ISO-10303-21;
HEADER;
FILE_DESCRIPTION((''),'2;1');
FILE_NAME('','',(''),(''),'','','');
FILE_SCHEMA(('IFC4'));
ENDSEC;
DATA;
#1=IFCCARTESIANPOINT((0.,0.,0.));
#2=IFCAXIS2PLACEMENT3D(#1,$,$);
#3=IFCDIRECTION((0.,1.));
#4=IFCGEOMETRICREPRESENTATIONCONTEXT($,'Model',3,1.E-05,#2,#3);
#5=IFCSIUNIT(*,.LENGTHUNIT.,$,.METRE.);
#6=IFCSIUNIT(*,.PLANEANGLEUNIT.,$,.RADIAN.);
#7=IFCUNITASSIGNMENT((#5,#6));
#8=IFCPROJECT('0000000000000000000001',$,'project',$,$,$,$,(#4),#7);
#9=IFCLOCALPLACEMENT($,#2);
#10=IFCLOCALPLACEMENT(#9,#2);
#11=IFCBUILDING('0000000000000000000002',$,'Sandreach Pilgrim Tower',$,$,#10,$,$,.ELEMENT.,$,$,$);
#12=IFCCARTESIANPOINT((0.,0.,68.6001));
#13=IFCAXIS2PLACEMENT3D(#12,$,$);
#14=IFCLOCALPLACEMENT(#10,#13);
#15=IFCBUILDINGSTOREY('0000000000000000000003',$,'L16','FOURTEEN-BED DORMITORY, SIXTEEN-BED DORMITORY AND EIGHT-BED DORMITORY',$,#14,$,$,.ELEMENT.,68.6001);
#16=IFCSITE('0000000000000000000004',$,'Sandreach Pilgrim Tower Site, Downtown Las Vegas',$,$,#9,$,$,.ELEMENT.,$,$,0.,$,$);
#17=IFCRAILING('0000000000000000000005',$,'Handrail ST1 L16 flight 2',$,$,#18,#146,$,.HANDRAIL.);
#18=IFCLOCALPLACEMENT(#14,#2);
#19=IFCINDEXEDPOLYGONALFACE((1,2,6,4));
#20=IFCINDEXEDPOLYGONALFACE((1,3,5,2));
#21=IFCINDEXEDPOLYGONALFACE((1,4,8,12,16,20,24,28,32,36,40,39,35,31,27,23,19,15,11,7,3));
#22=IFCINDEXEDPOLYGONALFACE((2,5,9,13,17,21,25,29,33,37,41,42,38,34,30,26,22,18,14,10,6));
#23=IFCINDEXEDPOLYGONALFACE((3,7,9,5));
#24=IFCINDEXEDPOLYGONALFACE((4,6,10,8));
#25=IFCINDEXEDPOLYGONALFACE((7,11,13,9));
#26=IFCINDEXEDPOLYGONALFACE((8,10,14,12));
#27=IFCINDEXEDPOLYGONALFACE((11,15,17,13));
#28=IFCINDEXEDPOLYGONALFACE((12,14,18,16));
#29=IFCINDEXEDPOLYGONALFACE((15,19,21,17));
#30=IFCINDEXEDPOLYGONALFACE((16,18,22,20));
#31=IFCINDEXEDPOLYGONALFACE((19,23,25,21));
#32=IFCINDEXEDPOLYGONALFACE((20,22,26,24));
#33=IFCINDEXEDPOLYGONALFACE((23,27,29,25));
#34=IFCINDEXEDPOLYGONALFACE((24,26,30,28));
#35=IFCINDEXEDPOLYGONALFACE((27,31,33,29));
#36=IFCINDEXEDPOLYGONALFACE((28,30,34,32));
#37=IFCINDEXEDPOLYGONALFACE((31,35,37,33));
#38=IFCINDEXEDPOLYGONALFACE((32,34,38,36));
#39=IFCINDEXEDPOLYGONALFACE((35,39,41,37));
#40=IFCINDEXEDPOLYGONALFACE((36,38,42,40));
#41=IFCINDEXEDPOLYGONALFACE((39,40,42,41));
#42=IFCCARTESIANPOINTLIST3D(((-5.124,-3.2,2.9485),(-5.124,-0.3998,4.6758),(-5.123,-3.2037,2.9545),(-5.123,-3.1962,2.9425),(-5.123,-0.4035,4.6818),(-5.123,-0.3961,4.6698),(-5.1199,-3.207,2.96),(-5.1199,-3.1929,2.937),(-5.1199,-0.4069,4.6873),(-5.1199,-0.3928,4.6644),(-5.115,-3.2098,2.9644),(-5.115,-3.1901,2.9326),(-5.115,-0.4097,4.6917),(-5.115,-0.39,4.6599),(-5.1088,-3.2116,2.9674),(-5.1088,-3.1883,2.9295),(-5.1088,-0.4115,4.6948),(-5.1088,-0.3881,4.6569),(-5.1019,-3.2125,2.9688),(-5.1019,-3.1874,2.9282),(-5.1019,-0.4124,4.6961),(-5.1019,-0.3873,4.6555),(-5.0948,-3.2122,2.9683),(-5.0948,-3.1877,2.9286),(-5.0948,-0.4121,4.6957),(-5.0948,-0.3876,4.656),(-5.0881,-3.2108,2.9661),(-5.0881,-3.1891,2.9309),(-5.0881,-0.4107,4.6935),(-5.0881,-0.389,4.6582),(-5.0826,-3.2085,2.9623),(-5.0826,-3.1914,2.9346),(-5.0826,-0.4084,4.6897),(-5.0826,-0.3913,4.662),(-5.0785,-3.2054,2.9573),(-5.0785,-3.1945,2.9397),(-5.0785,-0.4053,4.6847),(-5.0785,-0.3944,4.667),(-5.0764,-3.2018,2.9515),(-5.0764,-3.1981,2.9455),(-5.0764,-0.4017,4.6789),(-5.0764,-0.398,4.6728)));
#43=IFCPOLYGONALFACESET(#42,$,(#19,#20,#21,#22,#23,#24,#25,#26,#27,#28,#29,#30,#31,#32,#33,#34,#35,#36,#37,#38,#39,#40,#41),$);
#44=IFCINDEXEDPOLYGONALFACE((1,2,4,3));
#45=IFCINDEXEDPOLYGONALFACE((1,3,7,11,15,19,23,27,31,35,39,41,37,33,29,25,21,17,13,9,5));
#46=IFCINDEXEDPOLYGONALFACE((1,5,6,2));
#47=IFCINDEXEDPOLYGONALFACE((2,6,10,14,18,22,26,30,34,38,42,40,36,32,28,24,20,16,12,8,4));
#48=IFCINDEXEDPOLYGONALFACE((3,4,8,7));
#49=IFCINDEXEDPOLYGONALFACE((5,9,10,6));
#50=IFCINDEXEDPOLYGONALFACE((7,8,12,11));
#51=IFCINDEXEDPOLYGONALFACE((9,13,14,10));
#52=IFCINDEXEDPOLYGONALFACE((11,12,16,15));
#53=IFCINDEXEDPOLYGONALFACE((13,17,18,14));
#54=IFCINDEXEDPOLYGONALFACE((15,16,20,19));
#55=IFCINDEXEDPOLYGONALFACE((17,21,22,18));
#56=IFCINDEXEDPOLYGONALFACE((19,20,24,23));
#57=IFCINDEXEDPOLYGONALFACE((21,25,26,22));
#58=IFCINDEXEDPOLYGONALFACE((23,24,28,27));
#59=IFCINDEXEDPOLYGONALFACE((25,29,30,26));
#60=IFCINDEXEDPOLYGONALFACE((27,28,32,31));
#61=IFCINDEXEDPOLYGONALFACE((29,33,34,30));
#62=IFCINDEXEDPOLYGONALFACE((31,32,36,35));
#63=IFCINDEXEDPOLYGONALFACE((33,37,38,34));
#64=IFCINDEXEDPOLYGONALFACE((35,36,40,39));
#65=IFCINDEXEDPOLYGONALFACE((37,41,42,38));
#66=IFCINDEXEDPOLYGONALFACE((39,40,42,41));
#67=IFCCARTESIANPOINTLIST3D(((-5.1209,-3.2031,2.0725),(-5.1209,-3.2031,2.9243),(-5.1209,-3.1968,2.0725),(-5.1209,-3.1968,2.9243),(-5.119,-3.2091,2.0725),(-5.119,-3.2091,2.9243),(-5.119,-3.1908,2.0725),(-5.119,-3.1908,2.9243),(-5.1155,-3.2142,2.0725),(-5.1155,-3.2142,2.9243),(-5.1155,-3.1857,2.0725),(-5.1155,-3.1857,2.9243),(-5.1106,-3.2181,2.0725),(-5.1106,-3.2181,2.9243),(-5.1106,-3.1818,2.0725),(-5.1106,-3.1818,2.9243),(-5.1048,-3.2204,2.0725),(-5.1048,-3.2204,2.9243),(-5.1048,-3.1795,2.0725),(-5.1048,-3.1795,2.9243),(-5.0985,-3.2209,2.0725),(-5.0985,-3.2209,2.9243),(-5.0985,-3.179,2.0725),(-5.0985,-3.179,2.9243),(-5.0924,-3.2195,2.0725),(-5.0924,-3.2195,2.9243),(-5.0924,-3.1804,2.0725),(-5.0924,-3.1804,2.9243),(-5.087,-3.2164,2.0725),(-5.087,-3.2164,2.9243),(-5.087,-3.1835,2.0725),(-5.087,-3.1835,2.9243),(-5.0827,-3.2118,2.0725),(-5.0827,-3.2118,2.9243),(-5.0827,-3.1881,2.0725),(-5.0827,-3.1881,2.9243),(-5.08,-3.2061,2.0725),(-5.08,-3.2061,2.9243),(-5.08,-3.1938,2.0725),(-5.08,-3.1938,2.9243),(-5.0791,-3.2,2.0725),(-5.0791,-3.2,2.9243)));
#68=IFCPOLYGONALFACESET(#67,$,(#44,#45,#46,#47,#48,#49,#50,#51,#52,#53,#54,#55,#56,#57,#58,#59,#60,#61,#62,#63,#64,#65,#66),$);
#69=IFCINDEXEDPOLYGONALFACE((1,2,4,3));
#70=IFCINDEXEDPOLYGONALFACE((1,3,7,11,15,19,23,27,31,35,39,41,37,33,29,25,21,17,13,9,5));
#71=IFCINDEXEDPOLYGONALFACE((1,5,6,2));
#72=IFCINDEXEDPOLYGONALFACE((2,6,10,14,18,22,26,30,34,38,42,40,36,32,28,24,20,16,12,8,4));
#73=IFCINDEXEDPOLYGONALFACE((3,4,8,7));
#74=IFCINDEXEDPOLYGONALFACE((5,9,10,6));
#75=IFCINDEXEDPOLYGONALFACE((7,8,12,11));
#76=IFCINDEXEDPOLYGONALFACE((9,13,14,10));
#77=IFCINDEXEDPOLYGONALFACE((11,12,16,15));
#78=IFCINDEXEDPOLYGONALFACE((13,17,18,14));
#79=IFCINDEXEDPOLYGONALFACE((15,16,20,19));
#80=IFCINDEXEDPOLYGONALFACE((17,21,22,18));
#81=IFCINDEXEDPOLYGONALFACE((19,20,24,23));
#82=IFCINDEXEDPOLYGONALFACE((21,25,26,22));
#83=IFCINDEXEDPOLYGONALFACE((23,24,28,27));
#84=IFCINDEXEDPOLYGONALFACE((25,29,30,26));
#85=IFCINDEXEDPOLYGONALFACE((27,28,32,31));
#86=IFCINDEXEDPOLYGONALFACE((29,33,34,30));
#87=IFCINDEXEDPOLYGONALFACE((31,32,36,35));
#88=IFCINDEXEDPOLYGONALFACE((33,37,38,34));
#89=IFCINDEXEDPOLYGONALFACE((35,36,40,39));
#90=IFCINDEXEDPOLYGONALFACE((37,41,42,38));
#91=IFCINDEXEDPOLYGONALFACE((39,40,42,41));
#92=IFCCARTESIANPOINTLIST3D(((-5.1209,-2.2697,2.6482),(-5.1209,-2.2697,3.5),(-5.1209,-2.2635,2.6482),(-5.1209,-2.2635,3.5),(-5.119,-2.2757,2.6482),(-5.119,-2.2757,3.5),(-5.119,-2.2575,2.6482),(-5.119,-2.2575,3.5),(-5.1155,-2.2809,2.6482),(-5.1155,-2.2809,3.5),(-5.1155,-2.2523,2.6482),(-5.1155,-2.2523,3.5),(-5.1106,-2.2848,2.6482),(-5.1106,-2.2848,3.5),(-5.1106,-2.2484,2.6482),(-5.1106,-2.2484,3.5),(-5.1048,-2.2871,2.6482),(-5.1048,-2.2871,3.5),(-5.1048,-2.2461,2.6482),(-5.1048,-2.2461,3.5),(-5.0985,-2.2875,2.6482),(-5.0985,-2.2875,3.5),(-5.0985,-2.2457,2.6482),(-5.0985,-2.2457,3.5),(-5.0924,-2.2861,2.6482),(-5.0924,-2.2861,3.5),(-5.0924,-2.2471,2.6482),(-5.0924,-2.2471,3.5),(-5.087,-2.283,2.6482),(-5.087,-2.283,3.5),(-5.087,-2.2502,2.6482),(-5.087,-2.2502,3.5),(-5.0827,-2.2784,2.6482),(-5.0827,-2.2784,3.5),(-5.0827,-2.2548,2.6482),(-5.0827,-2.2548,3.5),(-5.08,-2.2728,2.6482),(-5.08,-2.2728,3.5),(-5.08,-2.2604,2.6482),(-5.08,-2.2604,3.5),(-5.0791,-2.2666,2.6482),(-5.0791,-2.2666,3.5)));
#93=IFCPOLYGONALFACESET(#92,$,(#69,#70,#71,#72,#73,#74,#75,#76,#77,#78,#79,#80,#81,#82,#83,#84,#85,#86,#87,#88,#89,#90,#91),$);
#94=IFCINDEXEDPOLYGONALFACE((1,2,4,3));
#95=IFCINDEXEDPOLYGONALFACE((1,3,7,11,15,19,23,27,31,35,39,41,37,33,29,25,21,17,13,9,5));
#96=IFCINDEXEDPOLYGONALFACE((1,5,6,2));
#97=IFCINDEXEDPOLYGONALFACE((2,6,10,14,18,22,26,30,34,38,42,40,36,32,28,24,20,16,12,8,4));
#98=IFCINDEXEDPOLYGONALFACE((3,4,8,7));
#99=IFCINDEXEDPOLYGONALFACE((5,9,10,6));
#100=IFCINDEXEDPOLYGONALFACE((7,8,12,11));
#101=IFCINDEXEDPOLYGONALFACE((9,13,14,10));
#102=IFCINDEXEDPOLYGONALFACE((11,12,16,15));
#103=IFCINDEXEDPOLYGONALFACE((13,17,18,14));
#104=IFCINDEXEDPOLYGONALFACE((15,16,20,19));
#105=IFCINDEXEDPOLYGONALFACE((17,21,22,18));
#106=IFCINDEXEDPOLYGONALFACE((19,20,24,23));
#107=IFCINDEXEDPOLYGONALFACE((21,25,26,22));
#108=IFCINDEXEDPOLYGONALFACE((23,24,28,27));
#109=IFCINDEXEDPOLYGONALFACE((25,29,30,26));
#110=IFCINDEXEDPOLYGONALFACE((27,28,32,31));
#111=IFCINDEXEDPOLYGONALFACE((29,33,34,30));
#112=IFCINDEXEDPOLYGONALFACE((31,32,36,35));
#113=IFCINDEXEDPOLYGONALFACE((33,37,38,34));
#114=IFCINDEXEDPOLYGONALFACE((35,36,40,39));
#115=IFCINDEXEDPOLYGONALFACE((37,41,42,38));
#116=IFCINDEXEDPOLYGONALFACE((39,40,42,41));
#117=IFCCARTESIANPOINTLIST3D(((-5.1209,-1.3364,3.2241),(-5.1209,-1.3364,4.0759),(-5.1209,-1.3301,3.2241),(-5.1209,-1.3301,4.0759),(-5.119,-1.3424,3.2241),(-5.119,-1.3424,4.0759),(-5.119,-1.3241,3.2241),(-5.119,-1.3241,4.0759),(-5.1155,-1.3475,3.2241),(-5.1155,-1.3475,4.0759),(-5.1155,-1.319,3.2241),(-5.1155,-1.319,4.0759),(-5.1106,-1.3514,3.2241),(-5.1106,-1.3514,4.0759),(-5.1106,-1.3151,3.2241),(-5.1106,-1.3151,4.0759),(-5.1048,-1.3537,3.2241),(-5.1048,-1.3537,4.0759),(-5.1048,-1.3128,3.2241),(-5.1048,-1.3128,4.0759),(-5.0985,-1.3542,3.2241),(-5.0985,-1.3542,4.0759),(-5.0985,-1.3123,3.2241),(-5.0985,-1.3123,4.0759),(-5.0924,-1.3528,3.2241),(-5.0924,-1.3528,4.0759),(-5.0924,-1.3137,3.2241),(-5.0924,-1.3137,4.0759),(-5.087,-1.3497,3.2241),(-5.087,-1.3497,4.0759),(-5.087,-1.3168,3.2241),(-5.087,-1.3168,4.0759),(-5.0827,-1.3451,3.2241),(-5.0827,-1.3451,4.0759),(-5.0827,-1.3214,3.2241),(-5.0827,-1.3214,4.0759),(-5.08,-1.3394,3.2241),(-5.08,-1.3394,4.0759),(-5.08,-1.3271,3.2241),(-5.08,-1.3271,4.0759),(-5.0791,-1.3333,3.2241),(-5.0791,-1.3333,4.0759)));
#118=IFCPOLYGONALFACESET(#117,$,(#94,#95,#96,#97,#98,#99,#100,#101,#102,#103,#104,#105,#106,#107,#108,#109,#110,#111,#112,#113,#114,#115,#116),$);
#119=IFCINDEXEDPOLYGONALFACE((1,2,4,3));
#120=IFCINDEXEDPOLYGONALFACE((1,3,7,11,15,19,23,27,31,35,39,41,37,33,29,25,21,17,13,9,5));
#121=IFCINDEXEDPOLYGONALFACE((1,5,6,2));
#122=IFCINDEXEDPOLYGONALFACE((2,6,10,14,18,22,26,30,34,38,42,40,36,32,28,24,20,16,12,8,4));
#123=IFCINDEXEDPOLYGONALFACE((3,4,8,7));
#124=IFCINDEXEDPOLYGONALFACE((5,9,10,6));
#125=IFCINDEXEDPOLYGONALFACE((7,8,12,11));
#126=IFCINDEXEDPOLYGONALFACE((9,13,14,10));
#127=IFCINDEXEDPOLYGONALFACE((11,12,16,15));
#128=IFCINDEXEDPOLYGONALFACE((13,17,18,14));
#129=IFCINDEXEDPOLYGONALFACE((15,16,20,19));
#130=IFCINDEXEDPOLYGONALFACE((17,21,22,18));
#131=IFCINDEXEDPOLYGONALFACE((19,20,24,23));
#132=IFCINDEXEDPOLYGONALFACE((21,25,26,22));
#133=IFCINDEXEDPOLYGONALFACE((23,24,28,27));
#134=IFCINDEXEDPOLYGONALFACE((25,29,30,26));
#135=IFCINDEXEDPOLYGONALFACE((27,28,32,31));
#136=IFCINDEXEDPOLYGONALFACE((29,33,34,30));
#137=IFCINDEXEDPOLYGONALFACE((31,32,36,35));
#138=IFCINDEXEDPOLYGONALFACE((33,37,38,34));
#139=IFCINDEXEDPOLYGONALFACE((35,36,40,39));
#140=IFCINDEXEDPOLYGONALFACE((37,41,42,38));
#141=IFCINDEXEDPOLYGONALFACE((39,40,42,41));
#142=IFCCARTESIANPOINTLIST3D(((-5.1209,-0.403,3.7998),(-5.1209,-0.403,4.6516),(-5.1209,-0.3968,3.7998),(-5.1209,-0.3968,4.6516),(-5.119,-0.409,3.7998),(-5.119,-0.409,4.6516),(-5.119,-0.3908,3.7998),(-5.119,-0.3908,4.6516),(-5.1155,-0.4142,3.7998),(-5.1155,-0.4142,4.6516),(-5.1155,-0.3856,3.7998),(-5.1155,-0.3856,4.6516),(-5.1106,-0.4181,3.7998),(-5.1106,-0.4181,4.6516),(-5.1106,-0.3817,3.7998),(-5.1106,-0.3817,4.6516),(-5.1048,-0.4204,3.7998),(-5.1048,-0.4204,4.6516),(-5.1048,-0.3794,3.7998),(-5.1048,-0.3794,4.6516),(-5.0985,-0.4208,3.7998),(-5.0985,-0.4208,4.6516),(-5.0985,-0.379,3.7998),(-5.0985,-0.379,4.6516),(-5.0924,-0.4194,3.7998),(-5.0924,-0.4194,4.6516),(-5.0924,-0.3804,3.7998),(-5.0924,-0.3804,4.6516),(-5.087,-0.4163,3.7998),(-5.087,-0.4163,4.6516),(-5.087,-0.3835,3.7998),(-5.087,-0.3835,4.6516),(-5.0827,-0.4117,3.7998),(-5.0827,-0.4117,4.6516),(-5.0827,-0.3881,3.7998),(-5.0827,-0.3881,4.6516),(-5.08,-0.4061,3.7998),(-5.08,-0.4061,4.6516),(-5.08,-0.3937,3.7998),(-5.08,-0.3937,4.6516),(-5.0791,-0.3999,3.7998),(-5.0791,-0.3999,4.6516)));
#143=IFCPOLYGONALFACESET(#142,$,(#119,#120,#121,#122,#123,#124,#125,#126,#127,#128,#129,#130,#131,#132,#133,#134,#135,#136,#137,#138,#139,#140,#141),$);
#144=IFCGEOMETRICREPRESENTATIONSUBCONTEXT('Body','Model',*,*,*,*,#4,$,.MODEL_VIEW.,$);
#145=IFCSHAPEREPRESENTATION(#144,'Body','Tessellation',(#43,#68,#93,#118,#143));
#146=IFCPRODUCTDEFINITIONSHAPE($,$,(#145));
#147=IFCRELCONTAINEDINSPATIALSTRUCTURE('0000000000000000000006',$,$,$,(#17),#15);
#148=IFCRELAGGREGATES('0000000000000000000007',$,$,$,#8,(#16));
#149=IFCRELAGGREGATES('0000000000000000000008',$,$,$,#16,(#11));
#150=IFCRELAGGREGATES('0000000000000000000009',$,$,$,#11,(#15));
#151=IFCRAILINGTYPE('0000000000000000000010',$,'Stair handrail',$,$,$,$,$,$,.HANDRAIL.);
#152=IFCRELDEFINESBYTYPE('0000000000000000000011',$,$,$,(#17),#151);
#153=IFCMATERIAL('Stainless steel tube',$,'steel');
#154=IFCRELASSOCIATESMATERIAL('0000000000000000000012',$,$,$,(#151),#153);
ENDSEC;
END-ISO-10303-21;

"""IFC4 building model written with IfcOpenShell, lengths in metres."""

from ifc_helpers import new_model, si_unit, direction, frame, origin, origin_2d, place, context, subcontext, project, spatial, circle, extrude, material, type_object, element, save


model = new_model("IFC4")

# Units and contexts
model_context = context("Model", 3, precision=1e-05, world=origin(), true_north=direction((0.0, 1.0)))
body_context = subcontext(model_context, "Body", "Model", "MODEL_VIEW")
ifc_project = project(units=[si_unit("LENGTHUNIT", "METRE"), si_unit("PLANEANGLEUNIT", "RADIAN")], contexts=[model_context])

# Site, building, storey
site_placement = place(None, origin())
site = spatial("IfcSite", under=ifc_project, at=site_placement, Name="Sandreach Pilgrim Tower Site, Downtown Las Vegas", CompositionType="ELEMENT", RefElevation=0.0)
building_placement = place(site_placement, origin())
building = spatial("IfcBuilding", under=site, at=building_placement, Name="Sandreach Pilgrim Tower", CompositionType="ELEMENT")
storey_placement = place(building_placement, frame((0.0, 0.0, 68.6001)))
storey = spatial("IfcBuildingStorey", under=building, at=storey_placement, Name="L16", Description="FOURTEEN-BED DORMITORY, SIXTEEN-BED DORMITORY AND EIGHT-BED DORMITORY", CompositionType="ELEMENT", Elevation=68.6001)

# Railing
ifc_material_1 = material(Name="Stainless steel tube", Category="steel")
railing_type = type_object("IfcRailingType", Name="Stair handrail", PredefinedType="HANDRAIL", material=ifc_material_1)
for number, where, name in (
    (1, (-5.1001, -3.2, 2.0725), "Handrail ST1 L16 flight 2"),
):
    element("IfcRailing", number, at=place(storey_placement, frame(where)), inside=storey, type_object=railing_type, Name=name, PredefinedType="HANDRAIL", context=body_context, shape_type="SweptSolid", body=[
        extrude(circle(Radius=0.0239, at=origin_2d()), frame((0.0, 0.0, 0.876), z_axis=(0.0, 0.85109, 0.52502), x_axis=(-1.0, 0.0, 0.0)), (0.0, 0.0, 1.0), 3.29),
        extrude(circle(Radius=0.021, at=origin_2d()), origin(), (0.0, 0.0, 1.0), 0.8518),
        extrude(circle(Radius=0.021, at=origin_2d()), frame((0.0, 0.9333, 0.5757)), (0.0, 0.0, 1.0), 0.8518),
        extrude(circle(Radius=0.021, at=origin_2d()), frame((0.0, 1.8667, 1.1516)), (0.0, 0.0, 1.0), 0.8518),
        extrude(circle(Radius=0.021, at=origin_2d()), frame((0.0, 2.8, 1.7273)), (0.0, 0.0, 1.0), 0.8518),
    ])

save(model, "model.ifc")
